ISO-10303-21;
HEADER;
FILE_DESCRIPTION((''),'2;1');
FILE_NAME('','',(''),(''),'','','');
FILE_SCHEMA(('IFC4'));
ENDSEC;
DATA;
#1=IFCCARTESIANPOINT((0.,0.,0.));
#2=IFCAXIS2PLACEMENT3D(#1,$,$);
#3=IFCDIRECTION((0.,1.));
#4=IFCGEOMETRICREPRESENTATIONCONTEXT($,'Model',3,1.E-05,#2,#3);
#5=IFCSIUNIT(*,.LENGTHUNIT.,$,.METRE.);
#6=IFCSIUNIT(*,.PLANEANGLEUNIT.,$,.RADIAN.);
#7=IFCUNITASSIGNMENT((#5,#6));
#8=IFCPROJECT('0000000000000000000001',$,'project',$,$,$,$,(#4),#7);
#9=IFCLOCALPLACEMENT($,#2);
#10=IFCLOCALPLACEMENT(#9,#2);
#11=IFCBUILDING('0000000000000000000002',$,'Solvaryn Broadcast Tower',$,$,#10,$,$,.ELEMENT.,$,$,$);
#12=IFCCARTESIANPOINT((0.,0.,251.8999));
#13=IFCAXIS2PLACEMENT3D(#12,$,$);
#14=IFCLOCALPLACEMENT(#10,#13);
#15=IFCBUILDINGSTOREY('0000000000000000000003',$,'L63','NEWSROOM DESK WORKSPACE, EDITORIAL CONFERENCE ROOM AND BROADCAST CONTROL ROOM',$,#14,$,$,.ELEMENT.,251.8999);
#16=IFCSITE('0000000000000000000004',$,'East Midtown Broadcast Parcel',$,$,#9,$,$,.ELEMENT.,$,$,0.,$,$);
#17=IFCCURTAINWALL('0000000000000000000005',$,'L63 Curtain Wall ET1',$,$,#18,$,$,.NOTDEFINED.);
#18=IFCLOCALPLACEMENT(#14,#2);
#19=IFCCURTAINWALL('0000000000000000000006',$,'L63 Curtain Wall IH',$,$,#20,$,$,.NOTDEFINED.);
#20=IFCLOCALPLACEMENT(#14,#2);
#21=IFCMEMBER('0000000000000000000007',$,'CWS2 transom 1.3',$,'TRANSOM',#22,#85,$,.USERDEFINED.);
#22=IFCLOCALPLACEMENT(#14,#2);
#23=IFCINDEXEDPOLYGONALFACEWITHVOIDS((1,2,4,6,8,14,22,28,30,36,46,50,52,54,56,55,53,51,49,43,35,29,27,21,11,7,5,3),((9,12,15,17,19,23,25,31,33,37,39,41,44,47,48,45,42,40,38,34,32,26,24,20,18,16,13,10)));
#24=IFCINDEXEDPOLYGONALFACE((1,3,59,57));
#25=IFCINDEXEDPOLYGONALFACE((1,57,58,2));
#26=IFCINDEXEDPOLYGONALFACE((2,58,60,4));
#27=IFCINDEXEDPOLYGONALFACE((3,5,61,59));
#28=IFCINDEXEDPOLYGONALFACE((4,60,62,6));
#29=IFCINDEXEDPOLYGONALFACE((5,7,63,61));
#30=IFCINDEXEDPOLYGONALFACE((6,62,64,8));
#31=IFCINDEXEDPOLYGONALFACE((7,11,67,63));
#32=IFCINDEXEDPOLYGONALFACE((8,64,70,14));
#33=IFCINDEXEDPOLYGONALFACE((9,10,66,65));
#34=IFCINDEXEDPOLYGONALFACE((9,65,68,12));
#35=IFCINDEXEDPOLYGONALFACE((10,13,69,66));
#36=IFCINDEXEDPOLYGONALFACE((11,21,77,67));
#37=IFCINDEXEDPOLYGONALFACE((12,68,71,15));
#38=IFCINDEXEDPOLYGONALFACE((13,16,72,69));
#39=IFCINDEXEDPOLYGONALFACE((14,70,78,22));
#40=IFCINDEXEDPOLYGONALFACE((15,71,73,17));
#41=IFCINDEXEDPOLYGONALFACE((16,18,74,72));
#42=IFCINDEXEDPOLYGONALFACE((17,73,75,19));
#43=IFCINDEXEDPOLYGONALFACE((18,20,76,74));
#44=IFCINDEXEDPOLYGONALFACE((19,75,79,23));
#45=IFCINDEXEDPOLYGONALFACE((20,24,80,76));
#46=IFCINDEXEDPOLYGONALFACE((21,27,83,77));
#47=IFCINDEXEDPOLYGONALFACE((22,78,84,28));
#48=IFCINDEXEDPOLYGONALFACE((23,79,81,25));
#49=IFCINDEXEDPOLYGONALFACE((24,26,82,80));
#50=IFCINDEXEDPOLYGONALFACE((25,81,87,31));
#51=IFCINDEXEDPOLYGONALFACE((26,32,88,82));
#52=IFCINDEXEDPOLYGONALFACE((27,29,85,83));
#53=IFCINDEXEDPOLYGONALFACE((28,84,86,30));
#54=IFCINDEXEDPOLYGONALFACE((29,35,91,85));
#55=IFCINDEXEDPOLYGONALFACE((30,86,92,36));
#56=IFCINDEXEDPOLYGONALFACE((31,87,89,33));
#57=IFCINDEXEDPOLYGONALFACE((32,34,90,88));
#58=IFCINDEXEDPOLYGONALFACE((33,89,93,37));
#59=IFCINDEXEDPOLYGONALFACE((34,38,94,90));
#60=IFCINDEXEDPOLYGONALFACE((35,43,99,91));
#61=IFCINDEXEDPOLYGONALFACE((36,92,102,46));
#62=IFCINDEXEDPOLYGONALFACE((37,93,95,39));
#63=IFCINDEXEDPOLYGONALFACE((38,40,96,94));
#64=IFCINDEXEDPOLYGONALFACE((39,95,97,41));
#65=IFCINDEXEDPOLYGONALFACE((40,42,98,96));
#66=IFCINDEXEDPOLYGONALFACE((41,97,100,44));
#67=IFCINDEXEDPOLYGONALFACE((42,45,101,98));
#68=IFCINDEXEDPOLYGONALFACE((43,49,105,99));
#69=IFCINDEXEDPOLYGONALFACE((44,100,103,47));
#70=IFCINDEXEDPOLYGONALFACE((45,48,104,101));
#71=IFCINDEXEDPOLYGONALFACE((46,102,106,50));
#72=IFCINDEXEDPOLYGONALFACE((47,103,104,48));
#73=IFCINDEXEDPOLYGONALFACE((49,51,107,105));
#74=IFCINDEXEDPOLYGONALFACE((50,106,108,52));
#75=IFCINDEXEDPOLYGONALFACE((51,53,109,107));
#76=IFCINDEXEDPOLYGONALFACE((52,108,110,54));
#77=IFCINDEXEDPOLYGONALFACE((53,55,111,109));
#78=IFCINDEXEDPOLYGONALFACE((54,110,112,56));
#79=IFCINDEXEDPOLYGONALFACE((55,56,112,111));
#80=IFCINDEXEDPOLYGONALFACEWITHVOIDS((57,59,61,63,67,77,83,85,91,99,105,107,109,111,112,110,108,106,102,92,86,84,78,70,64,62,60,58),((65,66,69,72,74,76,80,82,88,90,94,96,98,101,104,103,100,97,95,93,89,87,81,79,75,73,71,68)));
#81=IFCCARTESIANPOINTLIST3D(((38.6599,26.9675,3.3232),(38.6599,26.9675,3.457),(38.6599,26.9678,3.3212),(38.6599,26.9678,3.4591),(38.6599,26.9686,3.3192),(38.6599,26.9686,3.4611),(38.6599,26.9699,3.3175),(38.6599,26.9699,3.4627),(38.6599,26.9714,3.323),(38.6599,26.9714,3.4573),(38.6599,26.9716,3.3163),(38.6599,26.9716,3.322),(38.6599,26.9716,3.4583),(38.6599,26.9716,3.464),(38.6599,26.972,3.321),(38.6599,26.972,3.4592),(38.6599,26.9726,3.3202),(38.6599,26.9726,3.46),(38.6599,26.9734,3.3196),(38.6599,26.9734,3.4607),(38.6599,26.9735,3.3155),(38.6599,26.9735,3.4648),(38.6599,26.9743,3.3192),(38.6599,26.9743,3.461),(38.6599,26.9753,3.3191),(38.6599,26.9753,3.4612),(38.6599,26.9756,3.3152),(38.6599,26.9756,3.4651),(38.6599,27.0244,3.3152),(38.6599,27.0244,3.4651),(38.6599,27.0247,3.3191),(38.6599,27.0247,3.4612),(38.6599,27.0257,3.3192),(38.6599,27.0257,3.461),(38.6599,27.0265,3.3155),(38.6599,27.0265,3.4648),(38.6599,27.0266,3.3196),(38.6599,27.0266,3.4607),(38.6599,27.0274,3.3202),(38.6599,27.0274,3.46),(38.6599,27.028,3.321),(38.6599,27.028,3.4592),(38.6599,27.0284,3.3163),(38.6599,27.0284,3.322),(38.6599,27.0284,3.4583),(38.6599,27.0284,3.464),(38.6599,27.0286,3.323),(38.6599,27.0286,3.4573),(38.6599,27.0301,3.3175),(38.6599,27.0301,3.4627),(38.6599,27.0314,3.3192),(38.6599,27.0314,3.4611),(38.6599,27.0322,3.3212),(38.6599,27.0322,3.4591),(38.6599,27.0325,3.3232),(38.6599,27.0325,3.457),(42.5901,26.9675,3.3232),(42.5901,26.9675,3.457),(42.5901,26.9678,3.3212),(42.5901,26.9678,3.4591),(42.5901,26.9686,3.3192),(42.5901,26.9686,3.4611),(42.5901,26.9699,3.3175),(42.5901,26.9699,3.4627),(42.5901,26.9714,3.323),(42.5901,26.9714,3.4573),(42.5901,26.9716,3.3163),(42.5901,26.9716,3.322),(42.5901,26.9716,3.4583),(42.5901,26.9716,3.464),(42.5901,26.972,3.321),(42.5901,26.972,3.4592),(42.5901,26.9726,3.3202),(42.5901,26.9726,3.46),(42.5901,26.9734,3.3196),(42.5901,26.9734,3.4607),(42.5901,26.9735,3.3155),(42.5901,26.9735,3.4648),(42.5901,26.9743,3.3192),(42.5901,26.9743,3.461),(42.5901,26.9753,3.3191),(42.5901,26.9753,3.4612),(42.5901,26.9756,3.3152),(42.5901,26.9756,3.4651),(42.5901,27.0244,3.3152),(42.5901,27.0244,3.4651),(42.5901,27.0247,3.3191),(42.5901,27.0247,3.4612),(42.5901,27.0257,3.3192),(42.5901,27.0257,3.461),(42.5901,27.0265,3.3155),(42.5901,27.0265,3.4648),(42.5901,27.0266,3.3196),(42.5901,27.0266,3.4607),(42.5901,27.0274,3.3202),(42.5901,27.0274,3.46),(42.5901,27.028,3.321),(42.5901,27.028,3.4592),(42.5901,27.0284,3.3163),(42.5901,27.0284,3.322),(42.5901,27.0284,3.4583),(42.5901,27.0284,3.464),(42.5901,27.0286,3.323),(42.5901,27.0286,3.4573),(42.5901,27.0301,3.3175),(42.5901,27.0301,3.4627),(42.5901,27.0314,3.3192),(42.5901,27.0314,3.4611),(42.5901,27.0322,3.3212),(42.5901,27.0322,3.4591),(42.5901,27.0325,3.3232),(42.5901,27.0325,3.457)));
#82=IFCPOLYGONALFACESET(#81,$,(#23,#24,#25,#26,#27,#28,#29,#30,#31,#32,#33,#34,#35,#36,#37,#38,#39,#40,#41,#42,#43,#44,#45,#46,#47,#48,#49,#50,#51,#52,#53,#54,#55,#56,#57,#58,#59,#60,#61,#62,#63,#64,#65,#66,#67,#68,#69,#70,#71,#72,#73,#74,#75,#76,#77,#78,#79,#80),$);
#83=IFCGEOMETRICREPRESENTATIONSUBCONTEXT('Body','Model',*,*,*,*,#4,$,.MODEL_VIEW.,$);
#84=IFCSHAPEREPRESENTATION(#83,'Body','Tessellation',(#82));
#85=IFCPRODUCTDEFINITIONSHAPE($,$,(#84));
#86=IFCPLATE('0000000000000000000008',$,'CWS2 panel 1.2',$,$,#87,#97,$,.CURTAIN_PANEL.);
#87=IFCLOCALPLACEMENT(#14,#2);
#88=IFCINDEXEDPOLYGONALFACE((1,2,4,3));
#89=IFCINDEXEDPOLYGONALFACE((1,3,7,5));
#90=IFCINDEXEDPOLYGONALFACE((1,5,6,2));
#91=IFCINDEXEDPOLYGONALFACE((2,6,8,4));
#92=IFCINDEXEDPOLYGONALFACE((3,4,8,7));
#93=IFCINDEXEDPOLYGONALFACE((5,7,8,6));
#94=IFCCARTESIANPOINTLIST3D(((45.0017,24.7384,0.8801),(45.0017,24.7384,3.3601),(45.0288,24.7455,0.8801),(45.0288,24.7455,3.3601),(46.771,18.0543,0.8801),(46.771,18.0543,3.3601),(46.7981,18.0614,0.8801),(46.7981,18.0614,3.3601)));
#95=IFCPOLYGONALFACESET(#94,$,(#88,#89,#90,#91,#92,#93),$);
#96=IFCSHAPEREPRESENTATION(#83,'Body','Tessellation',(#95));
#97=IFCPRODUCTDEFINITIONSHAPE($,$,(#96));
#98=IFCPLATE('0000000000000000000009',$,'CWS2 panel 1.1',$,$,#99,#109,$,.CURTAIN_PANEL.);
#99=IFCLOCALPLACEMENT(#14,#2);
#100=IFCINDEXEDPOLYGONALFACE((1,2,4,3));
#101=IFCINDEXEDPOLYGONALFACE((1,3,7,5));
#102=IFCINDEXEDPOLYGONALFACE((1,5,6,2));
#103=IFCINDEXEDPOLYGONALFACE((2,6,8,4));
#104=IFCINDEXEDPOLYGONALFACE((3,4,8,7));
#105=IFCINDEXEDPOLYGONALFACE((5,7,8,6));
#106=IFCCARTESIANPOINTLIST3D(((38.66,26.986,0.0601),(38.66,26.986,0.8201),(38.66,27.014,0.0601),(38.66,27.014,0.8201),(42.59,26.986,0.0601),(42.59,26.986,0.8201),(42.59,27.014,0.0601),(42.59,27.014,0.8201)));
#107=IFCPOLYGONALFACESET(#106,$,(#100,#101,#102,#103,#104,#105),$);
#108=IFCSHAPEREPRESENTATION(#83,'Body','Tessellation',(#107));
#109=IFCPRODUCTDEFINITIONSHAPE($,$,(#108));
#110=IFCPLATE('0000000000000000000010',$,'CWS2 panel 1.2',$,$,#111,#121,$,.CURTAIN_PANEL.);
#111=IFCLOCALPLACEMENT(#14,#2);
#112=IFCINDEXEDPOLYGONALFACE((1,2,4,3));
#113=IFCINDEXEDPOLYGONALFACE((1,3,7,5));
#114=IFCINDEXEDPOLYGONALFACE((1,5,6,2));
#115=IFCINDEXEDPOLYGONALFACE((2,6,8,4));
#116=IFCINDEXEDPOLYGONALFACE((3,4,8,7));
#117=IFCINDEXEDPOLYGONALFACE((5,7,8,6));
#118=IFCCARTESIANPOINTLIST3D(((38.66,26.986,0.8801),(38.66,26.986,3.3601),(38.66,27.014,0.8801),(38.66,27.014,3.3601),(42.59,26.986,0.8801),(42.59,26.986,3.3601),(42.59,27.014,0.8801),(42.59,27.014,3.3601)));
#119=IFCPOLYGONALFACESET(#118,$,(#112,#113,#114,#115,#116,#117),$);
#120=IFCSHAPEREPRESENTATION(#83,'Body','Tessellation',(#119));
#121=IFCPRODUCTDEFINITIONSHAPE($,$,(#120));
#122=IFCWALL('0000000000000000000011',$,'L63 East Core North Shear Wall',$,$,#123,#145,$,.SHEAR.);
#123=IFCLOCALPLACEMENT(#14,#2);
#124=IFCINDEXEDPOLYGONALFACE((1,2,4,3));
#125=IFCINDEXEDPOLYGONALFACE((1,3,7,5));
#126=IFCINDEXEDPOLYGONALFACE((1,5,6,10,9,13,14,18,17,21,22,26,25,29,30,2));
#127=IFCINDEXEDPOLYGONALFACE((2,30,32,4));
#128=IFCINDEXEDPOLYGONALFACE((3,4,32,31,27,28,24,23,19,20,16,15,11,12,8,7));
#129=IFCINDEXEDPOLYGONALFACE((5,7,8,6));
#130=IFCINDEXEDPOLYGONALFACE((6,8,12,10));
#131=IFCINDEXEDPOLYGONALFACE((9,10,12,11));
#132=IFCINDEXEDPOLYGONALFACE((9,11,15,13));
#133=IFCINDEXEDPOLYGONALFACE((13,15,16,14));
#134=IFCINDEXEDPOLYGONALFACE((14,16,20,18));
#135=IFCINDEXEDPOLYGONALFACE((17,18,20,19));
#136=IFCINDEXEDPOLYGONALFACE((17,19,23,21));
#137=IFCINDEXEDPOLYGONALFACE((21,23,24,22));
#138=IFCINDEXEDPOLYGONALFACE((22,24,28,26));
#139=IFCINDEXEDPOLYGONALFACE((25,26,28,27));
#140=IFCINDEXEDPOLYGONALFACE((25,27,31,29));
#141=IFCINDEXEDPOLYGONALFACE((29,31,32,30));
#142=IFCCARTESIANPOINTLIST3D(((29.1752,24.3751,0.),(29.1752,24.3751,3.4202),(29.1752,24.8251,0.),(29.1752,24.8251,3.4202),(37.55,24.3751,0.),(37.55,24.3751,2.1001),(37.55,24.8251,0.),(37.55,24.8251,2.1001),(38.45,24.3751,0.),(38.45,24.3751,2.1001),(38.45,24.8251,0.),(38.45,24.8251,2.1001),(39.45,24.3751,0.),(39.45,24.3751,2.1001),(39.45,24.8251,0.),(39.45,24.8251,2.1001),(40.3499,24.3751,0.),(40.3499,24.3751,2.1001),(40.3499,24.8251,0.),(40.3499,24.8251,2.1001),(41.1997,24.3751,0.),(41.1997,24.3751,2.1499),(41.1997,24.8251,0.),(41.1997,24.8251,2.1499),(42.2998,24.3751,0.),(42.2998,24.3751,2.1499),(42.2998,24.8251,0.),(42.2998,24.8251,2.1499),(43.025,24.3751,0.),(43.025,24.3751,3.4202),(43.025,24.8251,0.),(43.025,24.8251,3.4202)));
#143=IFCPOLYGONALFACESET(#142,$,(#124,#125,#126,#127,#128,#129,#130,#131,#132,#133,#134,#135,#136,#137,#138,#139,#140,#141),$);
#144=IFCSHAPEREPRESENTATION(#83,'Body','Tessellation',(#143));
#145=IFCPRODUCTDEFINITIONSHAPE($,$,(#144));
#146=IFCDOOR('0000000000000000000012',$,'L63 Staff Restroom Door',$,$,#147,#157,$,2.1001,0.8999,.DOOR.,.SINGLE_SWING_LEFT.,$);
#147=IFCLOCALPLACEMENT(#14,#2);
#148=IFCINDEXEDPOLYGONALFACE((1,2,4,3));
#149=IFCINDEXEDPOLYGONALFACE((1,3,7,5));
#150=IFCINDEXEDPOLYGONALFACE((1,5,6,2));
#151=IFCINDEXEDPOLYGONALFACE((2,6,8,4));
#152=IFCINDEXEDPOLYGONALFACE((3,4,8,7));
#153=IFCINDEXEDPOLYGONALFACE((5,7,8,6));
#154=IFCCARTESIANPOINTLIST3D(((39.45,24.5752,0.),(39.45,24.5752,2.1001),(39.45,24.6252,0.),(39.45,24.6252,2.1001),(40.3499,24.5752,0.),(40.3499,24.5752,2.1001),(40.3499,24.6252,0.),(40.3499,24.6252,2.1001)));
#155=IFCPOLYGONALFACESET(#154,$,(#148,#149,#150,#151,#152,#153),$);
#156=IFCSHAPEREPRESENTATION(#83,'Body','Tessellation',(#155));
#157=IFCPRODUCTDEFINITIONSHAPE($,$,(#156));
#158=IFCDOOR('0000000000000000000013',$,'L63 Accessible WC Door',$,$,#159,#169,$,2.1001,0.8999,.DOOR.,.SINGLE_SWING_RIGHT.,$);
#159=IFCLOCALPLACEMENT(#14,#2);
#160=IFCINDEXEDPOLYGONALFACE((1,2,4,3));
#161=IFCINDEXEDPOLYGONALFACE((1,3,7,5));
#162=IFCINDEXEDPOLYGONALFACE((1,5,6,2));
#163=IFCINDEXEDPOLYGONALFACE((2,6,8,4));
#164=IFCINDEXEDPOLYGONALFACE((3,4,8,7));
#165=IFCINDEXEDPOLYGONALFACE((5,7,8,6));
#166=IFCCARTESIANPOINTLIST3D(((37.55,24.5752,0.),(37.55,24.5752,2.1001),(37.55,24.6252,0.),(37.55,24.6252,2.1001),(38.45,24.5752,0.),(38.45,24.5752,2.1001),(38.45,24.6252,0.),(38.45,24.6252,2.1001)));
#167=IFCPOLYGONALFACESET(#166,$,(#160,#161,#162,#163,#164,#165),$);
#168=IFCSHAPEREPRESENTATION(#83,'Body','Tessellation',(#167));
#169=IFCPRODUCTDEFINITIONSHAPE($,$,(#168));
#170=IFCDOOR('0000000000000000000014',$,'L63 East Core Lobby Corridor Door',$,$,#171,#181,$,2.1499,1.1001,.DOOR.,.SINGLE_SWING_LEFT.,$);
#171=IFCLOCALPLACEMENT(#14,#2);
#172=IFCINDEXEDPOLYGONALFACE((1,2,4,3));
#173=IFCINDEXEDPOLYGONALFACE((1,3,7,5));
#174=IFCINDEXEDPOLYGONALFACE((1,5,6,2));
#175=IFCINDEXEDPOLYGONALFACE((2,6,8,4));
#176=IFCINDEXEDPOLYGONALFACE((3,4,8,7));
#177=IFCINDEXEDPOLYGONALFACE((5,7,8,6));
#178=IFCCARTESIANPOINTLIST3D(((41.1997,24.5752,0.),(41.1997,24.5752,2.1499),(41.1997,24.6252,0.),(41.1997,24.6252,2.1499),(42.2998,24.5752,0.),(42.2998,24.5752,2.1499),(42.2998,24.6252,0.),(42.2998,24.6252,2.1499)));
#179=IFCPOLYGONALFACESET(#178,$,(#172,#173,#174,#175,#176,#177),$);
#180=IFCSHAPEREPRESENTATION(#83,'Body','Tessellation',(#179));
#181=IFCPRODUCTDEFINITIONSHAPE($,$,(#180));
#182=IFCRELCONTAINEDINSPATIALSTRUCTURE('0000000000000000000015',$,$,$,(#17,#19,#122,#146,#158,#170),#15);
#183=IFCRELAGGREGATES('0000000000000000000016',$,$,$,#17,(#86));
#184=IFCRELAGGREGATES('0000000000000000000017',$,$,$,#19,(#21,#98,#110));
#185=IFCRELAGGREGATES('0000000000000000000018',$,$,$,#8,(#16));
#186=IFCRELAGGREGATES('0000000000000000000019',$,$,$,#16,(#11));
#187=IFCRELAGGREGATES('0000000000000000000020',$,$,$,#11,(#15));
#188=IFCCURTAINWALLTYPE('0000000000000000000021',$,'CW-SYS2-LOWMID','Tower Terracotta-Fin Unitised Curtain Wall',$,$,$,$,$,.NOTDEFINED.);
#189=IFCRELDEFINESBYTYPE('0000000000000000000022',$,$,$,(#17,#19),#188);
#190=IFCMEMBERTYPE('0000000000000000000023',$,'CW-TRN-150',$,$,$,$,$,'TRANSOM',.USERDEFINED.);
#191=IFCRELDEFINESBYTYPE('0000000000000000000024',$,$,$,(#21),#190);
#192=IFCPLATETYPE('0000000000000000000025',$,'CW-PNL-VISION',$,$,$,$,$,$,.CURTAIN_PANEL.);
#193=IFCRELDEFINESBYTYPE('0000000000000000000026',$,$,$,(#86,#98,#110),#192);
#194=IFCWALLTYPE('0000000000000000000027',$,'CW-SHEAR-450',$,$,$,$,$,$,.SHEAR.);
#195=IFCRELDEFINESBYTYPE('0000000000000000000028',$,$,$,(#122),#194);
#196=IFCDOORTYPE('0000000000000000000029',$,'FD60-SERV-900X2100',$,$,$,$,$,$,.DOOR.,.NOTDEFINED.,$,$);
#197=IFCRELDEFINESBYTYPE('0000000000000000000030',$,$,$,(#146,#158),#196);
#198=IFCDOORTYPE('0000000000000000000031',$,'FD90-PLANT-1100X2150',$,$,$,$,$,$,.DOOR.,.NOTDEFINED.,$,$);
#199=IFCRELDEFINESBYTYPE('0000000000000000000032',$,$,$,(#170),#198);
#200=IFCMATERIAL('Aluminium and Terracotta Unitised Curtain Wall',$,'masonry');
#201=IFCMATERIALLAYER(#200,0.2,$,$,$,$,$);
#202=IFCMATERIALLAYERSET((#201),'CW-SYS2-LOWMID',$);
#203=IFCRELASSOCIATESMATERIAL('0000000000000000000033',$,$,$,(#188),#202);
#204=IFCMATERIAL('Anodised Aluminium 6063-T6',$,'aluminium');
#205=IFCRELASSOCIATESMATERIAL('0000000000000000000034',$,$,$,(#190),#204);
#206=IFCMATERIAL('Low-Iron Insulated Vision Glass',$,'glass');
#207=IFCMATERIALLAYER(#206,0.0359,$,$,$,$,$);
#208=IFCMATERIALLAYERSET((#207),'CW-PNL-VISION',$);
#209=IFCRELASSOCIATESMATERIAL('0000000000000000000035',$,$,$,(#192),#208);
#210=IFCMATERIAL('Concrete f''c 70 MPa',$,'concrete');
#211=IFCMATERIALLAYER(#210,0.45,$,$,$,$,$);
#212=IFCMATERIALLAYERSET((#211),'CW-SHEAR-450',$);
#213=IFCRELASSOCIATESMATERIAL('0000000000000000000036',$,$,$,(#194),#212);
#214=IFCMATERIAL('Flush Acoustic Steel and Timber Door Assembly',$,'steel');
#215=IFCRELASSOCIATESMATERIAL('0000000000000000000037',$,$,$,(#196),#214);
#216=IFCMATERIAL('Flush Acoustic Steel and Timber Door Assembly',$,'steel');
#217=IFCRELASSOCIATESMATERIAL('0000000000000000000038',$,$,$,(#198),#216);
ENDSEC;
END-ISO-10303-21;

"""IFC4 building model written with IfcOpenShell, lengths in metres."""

from ifc_helpers import new_model, si_unit, direction, frame, frame_2d, origin, origin_2d, place, context, subcontext, project, spatial, rectangle, hollow_rectangle, extrude, material, layer, layer_set, material_profile, profile_set, type_object, element, fill, aggregate, save


model = new_model("IFC4")

# Units and contexts
model_context = context("Model", 3, precision=1e-05, world=origin(), true_north=direction((0.0, 1.0)))
body_context = subcontext(model_context, "Body", "Model", "MODEL_VIEW")
ifc_project = project(units=[si_unit("LENGTHUNIT", "METRE"), si_unit("PLANEANGLEUNIT", "RADIAN")], contexts=[model_context])

# Site, building, storey
site_placement = place(None, origin())
site = spatial("IfcSite", under=ifc_project, at=site_placement, Name="East Midtown Broadcast Parcel", CompositionType="ELEMENT", RefElevation=0.0)
building_placement = place(site_placement, origin())
building = spatial("IfcBuilding", under=site, at=building_placement, Name="Solvaryn Broadcast Tower", CompositionType="ELEMENT")
storey_placement = place(building_placement, frame((0.0, 0.0, 251.8999)))
storey = spatial("IfcBuildingStorey", under=building, at=storey_placement, Name="L63", Description="NEWSROOM DESK WORKSPACE, EDITORIAL CONFERENCE ROOM AND BROADCAST CONTROL ROOM", CompositionType="ELEMENT", Elevation=251.8999)

# Curtain wall
ifc_material_1 = material(Name="Aluminium and Terracotta Unitised Curtain Wall", Category="masonry")
ifc_layer_1 = layer(ifc_material_1, 0.2)
ifc_layer_set_1 = layer_set([ifc_layer_1], Name="CW-SYS2-LOWMID")
curtain_wall_type = type_object("IfcCurtainWallType", Name="CW-SYS2-LOWMID", Description="Tower Terracotta-Fin Unitised Curtain Wall", PredefinedType="NOTDEFINED", material=ifc_layer_set_1)
curtain_wall_1_placement = place(storey_placement, origin())
curtain_wall_1 = element("IfcCurtainWall", 1, at=curtain_wall_1_placement, inside=storey, type_object=curtain_wall_type, Name="L63 Curtain Wall ET1", PredefinedType="NOTDEFINED")

# Curtain wall
curtain_wall_2_placement = place(storey_placement, origin())
curtain_wall_2 = element("IfcCurtainWall", 2, at=curtain_wall_2_placement, inside=storey, type_object=curtain_wall_type, Name="L63 Curtain Wall IH", PredefinedType="NOTDEFINED")

# Member
ifc_material_2 = material(Name="Anodised Aluminium 6063-T6", Category="aluminium")
ifc_material_profile_1 = material_profile(ifc_material_2, hollow_rectangle(XDim=0.0649, YDim=0.1499, WallThickness=0.0039, InnerFilletRadius=0.0039, OuterFilletRadius=0.0081, at=origin_2d()))
ifc_profile_set_1 = profile_set([ifc_material_profile_1], Name="Anodised Aluminium 6063-T6")
member_type_1 = type_object("IfcMemberType", Name="CW-TRN-150", ElementType="TRANSOM", PredefinedType="USERDEFINED", material=ifc_profile_set_1)
member_1_placement = place(storey_placement, frame((38.6599, 27.0, 3.3901), z_axis=(1.0, 0.0, 0.0), x_axis=(0.0, 1.0, 0.0)))
member_1 = element("IfcMember", 3, at=member_1_placement, type_object=member_type_1, Name="CWS2 transom 1.3", ObjectType="TRANSOM", PredefinedType="USERDEFINED", context=body_context, shape_type="SweptSolid", body=[
    extrude(hollow_rectangle(XDim=0.0649, YDim=0.1499, WallThickness=0.0039, InnerFilletRadius=0.0039, OuterFilletRadius=0.0081, at=origin_2d()), origin(), (0.0, 0.0, 1.0), 3.9302),
])

# Plates
ifc_material_3 = material(Name="Low-Iron Insulated Vision Glass", Category="glass")
ifc_layer_2 = layer(ifc_material_3, 0.0359)
ifc_layer_set_2 = layer_set([ifc_layer_2], Name="CW-PNL-VISION")
plate_type = type_object("IfcPlateType", Name="CW-PNL-VISION", PredefinedType="CURTAIN_PANEL", material=ifc_layer_set_2)
plate_1_placement = place(storey_placement, frame((45.8999, 21.3999, 0.8801), z_axis=(0.0, 0.0, 1.0), x_axis=(0.255893, -0.966705, 0.0)))
plate_1 = element("IfcPlate", 4, at=plate_1_placement, type_object=plate_type, Name="CWS2 panel 1.2", PredefinedType="CURTAIN_PANEL", context=body_context, shape_type="SweptSolid", body=[
    extrude(rectangle(XDim=6.9143, YDim=0.0281, at=origin_2d()), origin(), (0.0, 0.0, 1.0), 2.48),
])
aggregate(curtain_wall_1, [plate_1])
plate_2_placement = place(storey_placement, frame((40.625, 27.0, 0.0601), z_axis=(0.0, 0.0, 1.0), x_axis=(1.0, 0.0, 0.0)))
plate_2 = element("IfcPlate", 5, at=plate_2_placement, type_object=plate_type, Name="CWS2 panel 1.1", PredefinedType="CURTAIN_PANEL", context=body_context, shape_type="SweptSolid", body=[
    extrude(rectangle(XDim=3.9299, YDim=0.0281, at=origin_2d()), origin(), (0.0, 0.0, 1.0), 0.76),
])
plate_3_placement = place(storey_placement, frame((40.625, 27.0, 0.8801), z_axis=(0.0, 0.0, 1.0), x_axis=(1.0, 0.0, 0.0)))
plate_3 = element("IfcPlate", 6, at=plate_3_placement, type_object=plate_type, Name="CWS2 panel 1.2", PredefinedType="CURTAIN_PANEL", context=body_context, shape_type="SweptSolid", body=[
    extrude(rectangle(XDim=3.9299, YDim=0.0281, at=origin_2d()), origin(), (0.0, 0.0, 1.0), 2.48),
])
aggregate(curtain_wall_2, [member_1, plate_2, plate_3])

# Wall, openings, doors
ifc_material_4 = material(Name="Concrete f'c 70 MPa", Category="concrete")
ifc_layer_3 = layer(ifc_material_4, 0.45)
ifc_layer_set_3 = layer_set([ifc_layer_3], Name="CW-SHEAR-450")
wall_type_1 = type_object("IfcWallType", Name="CW-SHEAR-450", PredefinedType="SHEAR", material=ifc_layer_set_3)
wall_1_placement = place(storey_placement, frame((43.0249, 24.6001, 0.0), z_axis=(0.0, 0.0, 1.0), x_axis=(-1.0, 0.0, 0.0)))
wall_1 = element("IfcWall", 7, at=wall_1_placement, inside=storey, type_object=wall_type_1, Name="L63 East Core North Shear Wall", PredefinedType="SHEAR", context=body_context, shape_type="SweptSolid", body=[
    extrude(rectangle(XDim=13.8499, YDim=0.45, at=frame_2d((6.9248, 0.0))), origin(), (0.0, 0.0, 1.0), 3.4202),
])
opening_1_placement = place(wall_1_placement, frame((0.7251, 0.0, 0.0)))
opening_1 = element("IfcOpeningElement", 8, at=opening_1_placement, cuts=wall_1, PredefinedType="OPENING", context=body_context, shape_type="SweptSolid", body=[
    extrude(rectangle(XDim=1.1001, YDim=2.1499, at=frame_2d((0.55, 1.075))), frame((0.0, 0.2351, 0.0), z_axis=(0.0, -1.0, 0.0), x_axis=(1.0, 0.0, 0.0)), (0.0, 0.0, 1.0), 0.47),
])
opening_2_placement = place(wall_1_placement, frame((2.675, 0.0, 0.0)))
opening_2 = element("IfcOpeningElement", 9, at=opening_2_placement, cuts=wall_1, PredefinedType="OPENING", context=body_context, shape_type="SweptSolid", body=[
    extrude(rectangle(XDim=0.8999, YDim=2.1001, at=frame_2d((0.45, 1.05))), frame((0.0, 0.2351, 0.0), z_axis=(0.0, -1.0, 0.0), x_axis=(1.0, 0.0, 0.0)), (0.0, 0.0, 1.0), 0.47),
])
opening_3_placement = place(wall_1_placement, frame((4.575, 0.0, 0.0)))
opening_3 = element("IfcOpeningElement", 10, at=opening_3_placement, cuts=wall_1, PredefinedType="OPENING", context=body_context, shape_type="SweptSolid", body=[
    extrude(rectangle(XDim=0.8999, YDim=2.1001, at=frame_2d((0.45, 1.05))), frame((0.0, 0.2351, 0.0), z_axis=(0.0, -1.0, 0.0), x_axis=(1.0, 0.0, 0.0)), (0.0, 0.0, 1.0), 0.47),
])
ifc_material_5 = material(Name="Flush Acoustic Steel and Timber Door Assembly", Category="steel")
door_type_1 = type_object("IfcDoorType", Name="FD60-SERV-900X2100", OperationType="NOTDEFINED", PredefinedType="DOOR", material=ifc_material_5)
door_1_placement = place(opening_2_placement, origin())
door_1 = element("IfcDoor", 11, at=door_1_placement, inside=storey, type_object=door_type_1, Name="L63 Staff Restroom Door", OperationType="SINGLE_SWING_LEFT", OverallHeight=2.1001, OverallWidth=0.8999, PredefinedType="DOOR", context=body_context, shape_type="SweptSolid", body=[
    extrude(rectangle(XDim=0.8999, YDim=2.1001, at=frame_2d((0.45, 1.05))), frame((0.0, 0.0249, 0.0), z_axis=(0.0, -1.0, 0.0), x_axis=(1.0, 0.0, 0.0)), (0.0, 0.0, 1.0), 0.05),
])
fill(opening_2, door_1)
door_2_placement = place(opening_3_placement, origin())
door_2 = element("IfcDoor", 12, at=door_2_placement, inside=storey, type_object=door_type_1, Name="L63 Accessible WC Door", OperationType="SINGLE_SWING_RIGHT", OverallHeight=2.1001, OverallWidth=0.8999, PredefinedType="DOOR", context=body_context, shape_type="SweptSolid", body=[
    extrude(rectangle(XDim=0.8999, YDim=2.1001, at=frame_2d((0.45, 1.05))), frame((0.0, 0.0249, 0.0), z_axis=(0.0, -1.0, 0.0), x_axis=(1.0, 0.0, 0.0)), (0.0, 0.0, 1.0), 0.05),
])
fill(opening_3, door_2)
ifc_material_6 = material(Name="Flush Acoustic Steel and Timber Door Assembly", Category="steel")
door_type_2 = type_object("IfcDoorType", Name="FD90-PLANT-1100X2150", OperationType="NOTDEFINED", PredefinedType="DOOR", material=ifc_material_6)
door_3_placement = place(opening_1_placement, origin())
door_3 = element("IfcDoor", 13, at=door_3_placement, inside=storey, type_object=door_type_2, Name="L63 East Core Lobby Corridor Door", OperationType="SINGLE_SWING_LEFT", OverallHeight=2.1499, OverallWidth=1.1001, PredefinedType="DOOR", context=body_context, shape_type="SweptSolid", body=[
    extrude(rectangle(XDim=1.1001, YDim=2.1499, at=frame_2d((0.55, 1.075))), frame((0.0, 0.0249, 0.0), z_axis=(0.0, -1.0, 0.0), x_axis=(1.0, 0.0, 0.0)), (0.0, 0.0, 1.0), 0.05),
])
fill(opening_1, door_3)

save(model, "model.ifc")
